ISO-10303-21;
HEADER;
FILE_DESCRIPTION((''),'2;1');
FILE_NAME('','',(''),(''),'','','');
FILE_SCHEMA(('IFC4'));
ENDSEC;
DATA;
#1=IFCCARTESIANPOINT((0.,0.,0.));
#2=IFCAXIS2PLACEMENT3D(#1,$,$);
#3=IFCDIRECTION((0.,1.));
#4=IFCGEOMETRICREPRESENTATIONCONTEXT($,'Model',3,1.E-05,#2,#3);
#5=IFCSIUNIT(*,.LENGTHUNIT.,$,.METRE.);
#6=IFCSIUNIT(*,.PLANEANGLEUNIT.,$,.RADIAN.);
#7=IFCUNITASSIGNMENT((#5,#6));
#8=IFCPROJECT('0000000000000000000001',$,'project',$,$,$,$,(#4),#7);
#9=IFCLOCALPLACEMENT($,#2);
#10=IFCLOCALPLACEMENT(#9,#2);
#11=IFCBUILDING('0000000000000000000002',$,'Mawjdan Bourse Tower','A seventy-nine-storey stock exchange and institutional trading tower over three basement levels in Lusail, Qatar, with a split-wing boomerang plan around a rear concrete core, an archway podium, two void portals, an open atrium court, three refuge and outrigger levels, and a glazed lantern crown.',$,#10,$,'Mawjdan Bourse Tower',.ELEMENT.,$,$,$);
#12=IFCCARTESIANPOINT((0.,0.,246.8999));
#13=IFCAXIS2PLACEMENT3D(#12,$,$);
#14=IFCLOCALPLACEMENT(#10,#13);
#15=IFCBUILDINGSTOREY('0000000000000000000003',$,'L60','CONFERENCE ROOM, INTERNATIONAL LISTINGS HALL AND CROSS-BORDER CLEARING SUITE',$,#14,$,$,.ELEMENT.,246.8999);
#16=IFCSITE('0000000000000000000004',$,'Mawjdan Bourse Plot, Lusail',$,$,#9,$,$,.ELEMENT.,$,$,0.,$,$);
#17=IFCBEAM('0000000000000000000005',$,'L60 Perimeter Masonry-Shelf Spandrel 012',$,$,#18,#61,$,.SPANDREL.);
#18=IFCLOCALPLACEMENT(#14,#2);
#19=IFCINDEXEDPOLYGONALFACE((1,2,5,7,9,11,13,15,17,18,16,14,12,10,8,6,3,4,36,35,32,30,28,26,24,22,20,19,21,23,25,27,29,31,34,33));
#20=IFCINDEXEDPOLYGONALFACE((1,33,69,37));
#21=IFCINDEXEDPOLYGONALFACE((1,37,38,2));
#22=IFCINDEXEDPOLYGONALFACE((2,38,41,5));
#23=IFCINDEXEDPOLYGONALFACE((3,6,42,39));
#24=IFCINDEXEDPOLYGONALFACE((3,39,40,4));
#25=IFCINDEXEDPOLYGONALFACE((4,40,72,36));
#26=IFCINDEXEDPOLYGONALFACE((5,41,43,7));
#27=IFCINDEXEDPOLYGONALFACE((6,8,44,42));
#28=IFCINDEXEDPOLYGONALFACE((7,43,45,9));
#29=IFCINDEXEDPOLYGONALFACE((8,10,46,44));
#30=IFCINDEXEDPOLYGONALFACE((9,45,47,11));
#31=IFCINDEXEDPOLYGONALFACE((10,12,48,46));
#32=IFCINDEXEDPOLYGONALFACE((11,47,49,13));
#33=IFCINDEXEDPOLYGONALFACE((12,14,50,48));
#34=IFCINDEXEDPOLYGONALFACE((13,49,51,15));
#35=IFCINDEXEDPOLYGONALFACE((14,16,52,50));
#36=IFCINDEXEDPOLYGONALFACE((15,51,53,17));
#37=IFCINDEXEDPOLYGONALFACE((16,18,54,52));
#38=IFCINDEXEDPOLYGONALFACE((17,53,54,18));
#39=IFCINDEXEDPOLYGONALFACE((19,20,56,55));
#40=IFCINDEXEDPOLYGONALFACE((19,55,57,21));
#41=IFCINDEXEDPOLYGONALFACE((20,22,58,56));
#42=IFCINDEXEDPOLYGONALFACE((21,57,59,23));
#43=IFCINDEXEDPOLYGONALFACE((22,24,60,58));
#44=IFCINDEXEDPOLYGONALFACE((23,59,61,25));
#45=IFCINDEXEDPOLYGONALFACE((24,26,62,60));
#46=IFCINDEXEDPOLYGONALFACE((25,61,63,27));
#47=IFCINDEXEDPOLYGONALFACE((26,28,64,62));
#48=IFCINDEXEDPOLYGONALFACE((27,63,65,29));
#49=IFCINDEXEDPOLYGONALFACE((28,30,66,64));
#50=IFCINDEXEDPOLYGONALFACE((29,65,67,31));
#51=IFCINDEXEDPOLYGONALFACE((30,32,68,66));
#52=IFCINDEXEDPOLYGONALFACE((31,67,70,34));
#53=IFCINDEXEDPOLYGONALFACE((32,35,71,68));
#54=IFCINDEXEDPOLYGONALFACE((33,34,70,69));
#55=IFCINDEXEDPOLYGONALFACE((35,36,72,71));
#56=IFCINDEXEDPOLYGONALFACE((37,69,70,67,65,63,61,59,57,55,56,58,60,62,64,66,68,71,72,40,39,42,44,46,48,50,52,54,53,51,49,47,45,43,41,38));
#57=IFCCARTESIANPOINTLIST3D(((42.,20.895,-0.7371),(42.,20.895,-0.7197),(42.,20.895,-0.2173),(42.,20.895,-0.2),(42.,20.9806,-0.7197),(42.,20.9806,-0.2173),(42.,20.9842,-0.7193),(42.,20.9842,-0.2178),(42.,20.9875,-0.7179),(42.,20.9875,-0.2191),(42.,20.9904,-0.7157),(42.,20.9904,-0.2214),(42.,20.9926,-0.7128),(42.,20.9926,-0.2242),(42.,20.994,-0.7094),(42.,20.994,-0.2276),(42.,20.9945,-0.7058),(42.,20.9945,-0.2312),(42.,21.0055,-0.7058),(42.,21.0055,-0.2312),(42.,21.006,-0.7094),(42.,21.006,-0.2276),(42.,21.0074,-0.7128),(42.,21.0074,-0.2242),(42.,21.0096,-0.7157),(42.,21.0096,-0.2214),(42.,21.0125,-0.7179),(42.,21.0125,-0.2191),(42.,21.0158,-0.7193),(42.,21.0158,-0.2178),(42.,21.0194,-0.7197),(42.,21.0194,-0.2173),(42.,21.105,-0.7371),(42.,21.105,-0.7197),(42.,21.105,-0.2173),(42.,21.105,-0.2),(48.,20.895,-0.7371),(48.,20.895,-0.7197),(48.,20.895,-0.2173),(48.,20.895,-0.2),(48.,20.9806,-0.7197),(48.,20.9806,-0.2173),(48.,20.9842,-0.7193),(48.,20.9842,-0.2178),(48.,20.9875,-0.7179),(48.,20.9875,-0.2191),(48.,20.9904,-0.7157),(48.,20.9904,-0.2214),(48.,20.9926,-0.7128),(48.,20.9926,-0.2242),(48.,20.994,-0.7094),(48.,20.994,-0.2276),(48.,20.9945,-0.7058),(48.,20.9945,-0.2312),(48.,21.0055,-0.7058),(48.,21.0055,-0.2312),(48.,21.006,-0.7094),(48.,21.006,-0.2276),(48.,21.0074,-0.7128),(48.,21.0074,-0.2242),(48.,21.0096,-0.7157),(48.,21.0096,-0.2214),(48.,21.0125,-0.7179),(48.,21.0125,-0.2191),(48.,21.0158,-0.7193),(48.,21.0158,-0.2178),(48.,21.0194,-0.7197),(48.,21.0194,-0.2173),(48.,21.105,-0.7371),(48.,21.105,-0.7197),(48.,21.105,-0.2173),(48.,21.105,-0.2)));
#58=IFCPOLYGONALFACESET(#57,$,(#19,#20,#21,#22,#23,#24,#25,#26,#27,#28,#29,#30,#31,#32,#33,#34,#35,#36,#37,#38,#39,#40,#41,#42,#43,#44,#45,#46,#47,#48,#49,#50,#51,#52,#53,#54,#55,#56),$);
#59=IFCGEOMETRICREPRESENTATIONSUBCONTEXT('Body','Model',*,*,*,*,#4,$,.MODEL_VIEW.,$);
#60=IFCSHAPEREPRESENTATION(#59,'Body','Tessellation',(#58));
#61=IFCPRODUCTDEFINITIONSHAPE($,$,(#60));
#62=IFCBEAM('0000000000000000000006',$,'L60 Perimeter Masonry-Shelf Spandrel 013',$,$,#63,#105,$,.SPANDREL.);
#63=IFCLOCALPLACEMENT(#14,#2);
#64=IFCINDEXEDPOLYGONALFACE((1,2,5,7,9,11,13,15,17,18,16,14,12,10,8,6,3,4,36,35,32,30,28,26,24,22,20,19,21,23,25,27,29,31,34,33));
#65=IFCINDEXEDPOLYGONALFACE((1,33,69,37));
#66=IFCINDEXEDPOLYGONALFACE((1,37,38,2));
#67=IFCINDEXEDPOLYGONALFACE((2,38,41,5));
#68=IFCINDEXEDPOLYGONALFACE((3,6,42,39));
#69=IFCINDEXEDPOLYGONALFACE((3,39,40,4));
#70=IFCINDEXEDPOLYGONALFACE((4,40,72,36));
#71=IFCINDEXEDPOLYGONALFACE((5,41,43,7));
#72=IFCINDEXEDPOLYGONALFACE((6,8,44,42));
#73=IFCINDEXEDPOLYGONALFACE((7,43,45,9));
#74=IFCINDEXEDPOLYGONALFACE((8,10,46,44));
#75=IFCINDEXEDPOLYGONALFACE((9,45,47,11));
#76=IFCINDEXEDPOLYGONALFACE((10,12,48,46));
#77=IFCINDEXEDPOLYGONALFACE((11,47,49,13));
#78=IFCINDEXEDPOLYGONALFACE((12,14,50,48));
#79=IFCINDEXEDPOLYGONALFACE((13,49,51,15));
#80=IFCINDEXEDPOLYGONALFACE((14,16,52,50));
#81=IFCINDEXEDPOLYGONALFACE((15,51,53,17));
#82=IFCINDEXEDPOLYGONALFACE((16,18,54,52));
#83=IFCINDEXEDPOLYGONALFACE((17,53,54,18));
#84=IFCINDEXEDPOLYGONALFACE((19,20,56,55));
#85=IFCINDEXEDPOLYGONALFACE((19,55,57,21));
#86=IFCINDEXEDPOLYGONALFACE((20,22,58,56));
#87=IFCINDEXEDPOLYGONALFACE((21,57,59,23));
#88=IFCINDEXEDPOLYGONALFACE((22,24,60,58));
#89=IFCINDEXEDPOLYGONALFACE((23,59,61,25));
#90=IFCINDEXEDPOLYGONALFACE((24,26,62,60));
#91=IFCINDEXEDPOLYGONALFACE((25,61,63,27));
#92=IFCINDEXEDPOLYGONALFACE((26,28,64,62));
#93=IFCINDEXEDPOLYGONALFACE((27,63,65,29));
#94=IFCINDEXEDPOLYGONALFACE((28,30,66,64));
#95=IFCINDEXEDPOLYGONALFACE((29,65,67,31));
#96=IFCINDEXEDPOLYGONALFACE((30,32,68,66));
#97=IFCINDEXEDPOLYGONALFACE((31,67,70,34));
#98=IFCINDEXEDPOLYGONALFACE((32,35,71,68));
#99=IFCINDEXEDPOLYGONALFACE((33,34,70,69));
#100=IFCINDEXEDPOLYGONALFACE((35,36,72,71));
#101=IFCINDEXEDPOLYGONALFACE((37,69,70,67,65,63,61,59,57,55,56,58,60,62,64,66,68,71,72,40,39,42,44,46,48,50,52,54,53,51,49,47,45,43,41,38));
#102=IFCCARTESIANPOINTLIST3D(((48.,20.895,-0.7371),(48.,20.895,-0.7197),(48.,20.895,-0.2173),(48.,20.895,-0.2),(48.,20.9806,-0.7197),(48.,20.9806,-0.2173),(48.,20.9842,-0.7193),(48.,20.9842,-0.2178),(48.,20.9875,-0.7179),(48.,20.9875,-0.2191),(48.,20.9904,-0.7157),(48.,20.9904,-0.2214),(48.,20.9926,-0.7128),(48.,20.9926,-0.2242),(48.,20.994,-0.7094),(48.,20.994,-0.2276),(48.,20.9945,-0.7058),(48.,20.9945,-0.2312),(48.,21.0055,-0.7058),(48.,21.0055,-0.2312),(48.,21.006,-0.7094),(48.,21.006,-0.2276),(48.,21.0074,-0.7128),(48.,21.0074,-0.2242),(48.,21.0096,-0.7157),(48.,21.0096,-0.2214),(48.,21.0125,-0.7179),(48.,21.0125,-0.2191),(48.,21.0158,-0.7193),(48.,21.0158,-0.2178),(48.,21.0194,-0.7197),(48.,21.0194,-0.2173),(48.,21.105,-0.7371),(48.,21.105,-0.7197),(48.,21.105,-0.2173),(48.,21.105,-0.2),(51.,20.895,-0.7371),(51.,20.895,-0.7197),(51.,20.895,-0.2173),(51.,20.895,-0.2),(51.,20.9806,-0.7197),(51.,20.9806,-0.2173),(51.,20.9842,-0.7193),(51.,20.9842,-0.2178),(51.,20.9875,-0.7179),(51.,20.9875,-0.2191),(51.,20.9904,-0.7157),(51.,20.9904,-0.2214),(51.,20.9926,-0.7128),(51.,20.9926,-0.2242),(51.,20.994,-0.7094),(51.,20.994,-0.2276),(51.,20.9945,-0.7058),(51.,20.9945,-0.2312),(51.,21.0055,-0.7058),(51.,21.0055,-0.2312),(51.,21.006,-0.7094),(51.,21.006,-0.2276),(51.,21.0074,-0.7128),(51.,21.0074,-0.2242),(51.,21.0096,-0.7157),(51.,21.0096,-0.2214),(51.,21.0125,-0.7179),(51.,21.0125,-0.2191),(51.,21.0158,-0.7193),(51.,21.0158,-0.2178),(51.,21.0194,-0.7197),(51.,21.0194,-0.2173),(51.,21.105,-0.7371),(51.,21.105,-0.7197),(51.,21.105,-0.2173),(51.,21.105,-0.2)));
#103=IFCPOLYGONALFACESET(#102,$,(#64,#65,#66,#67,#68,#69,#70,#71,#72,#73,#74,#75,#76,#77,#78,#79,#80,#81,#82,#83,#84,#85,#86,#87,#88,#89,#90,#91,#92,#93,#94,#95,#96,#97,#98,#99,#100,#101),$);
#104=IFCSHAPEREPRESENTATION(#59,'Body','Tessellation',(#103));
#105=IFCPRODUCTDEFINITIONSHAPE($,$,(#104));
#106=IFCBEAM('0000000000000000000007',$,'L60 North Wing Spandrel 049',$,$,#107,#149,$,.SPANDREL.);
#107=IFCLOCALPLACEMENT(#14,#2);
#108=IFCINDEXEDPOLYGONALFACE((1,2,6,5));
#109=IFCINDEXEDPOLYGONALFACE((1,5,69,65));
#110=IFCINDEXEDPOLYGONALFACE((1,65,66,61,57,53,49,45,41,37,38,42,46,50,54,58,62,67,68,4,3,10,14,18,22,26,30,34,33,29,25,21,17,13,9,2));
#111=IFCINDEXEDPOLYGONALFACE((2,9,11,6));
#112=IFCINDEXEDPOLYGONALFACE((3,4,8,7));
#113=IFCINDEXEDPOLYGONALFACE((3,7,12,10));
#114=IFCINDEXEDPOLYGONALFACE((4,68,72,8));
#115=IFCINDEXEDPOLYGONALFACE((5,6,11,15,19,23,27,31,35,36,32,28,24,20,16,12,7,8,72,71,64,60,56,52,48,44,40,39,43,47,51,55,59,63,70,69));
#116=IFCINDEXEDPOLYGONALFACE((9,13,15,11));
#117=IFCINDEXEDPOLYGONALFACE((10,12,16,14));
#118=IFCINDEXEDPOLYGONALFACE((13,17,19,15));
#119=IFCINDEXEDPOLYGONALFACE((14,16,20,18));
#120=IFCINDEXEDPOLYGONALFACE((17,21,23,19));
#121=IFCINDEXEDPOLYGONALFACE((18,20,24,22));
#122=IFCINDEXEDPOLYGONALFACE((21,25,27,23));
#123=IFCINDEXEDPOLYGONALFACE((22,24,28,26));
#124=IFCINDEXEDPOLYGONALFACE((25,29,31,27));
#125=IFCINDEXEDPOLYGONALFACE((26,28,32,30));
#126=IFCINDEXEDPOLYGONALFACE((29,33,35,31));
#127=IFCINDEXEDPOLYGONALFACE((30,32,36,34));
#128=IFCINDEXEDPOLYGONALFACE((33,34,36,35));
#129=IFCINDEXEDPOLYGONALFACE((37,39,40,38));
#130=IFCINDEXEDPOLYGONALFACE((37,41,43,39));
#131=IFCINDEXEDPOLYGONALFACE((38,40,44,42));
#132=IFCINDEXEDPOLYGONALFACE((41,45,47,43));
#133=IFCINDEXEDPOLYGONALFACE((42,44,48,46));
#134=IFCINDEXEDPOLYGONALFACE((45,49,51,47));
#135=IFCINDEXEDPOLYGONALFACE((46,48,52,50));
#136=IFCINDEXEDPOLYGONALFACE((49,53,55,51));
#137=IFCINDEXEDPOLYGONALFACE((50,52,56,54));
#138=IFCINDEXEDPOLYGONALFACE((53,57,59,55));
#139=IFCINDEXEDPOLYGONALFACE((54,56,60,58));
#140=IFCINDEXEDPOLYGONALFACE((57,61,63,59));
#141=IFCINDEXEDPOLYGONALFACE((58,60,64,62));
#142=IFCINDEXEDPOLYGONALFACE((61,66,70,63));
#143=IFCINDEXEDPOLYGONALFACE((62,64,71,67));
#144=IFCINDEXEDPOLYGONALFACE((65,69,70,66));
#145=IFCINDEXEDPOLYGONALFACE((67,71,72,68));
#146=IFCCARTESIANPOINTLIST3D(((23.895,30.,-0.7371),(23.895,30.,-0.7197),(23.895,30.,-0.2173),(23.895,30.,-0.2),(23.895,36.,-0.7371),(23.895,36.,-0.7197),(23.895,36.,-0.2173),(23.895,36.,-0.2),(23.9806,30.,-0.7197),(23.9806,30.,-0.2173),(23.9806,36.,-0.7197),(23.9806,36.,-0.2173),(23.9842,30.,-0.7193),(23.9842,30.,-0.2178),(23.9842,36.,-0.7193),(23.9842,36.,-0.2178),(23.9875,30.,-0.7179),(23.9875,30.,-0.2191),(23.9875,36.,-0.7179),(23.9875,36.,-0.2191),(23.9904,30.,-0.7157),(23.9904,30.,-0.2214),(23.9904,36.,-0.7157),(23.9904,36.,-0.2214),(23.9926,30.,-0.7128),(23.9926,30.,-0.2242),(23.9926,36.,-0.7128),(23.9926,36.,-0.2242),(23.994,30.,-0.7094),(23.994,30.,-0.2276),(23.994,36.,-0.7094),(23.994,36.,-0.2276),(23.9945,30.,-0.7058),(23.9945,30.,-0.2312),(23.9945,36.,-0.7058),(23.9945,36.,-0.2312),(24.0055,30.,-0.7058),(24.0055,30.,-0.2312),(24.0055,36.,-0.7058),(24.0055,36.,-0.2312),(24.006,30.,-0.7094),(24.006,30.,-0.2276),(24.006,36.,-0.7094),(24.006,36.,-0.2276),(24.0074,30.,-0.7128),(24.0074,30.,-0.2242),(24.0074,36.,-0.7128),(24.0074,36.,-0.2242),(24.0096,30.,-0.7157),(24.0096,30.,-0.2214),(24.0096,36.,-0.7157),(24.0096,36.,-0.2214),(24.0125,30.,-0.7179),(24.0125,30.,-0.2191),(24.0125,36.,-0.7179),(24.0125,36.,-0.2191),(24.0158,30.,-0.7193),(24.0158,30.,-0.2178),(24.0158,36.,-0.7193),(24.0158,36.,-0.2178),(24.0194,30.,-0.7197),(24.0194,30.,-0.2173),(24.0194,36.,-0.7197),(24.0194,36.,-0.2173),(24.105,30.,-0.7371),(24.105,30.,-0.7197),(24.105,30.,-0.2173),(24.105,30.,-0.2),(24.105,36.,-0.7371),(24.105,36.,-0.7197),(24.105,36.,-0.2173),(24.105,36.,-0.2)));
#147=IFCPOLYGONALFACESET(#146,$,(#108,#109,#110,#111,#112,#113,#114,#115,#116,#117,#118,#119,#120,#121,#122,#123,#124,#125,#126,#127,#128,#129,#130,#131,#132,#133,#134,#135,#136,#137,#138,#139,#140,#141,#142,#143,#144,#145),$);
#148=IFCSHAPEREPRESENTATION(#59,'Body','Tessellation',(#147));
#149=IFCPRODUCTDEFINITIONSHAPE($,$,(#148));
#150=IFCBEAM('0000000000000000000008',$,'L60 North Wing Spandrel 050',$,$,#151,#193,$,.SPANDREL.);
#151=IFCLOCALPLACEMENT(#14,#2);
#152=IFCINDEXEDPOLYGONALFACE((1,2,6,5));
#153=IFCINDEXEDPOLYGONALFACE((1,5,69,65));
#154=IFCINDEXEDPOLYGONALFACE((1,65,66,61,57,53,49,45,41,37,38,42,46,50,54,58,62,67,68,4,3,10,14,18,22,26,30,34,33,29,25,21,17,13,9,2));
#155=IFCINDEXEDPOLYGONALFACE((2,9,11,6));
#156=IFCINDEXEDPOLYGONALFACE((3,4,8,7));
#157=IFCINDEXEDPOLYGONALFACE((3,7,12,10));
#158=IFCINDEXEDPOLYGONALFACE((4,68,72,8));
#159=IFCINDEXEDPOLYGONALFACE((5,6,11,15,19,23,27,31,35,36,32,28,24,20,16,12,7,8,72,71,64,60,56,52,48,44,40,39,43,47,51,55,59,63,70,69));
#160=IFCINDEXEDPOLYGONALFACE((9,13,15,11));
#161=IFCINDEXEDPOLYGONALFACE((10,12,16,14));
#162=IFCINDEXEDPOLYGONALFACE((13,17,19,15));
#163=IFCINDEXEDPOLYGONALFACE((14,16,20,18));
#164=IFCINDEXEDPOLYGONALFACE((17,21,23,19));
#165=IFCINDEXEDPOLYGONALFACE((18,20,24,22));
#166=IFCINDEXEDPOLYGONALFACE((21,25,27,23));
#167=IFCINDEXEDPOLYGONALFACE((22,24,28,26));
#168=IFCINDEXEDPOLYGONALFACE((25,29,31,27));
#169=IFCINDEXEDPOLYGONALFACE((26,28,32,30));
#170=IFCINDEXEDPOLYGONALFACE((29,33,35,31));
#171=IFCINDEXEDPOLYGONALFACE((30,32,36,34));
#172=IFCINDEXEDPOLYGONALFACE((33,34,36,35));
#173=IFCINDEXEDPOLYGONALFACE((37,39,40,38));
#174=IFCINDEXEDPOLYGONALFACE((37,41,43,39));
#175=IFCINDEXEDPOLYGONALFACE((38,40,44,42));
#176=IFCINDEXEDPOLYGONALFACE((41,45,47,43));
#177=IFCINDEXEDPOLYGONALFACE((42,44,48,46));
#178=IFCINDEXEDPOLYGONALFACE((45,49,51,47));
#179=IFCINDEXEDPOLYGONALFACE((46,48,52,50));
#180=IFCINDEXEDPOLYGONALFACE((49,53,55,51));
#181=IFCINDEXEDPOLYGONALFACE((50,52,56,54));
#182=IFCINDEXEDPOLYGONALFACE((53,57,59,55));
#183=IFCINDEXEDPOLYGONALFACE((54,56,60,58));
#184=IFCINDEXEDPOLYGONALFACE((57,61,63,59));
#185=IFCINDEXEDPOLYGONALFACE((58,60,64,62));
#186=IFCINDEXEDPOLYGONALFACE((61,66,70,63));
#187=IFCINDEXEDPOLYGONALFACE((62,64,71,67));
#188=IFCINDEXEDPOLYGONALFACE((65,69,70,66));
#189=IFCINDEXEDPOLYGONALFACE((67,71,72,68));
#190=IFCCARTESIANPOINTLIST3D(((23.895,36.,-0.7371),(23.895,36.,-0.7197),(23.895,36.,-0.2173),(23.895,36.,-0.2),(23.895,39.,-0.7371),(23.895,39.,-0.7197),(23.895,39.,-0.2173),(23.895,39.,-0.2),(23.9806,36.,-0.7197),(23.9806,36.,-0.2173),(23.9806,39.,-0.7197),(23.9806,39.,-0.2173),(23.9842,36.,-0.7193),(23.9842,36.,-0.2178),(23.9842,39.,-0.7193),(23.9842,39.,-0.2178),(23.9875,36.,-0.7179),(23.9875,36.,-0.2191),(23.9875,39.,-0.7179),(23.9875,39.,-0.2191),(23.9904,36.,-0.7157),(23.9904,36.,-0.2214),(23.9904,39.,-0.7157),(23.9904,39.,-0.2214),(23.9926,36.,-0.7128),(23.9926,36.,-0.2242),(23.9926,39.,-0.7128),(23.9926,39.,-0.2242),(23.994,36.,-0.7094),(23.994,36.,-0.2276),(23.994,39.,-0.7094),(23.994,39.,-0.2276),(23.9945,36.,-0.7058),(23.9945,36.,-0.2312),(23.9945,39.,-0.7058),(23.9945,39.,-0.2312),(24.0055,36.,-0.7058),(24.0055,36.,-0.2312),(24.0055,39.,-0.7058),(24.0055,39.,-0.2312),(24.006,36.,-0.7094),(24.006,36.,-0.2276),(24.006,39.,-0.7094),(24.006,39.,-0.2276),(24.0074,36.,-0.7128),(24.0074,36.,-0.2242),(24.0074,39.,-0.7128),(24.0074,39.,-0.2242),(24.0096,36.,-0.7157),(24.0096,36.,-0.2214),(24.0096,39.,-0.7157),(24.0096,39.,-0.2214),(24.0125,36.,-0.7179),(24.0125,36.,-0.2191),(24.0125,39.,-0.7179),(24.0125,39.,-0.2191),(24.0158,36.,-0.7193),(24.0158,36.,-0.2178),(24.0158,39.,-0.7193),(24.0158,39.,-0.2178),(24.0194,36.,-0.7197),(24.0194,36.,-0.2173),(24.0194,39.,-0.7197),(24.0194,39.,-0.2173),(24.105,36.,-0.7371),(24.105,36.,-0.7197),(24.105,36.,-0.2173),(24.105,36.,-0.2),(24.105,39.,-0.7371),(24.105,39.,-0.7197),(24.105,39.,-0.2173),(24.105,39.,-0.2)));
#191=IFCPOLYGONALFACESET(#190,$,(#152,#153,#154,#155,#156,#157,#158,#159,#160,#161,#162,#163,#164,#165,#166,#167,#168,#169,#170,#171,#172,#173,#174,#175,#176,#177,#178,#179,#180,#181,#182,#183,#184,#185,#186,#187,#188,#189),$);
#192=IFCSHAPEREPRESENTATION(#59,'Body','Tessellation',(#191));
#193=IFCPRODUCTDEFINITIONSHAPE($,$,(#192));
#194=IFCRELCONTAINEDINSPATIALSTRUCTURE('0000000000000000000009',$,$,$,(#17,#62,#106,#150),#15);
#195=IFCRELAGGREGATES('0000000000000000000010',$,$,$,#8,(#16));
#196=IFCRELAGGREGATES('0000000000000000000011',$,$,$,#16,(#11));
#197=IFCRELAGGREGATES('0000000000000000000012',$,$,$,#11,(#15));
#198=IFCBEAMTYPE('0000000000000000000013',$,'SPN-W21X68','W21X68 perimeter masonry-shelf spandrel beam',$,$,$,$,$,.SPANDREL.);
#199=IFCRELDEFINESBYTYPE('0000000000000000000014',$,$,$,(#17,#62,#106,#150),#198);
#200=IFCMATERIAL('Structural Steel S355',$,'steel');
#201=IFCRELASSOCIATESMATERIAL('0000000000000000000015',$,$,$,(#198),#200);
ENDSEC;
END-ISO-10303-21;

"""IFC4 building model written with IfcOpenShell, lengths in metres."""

from ifc_helpers import new_model, si_unit, direction, frame, origin, origin_2d, place, context, subcontext, project, spatial, i_section, extrude, material, material_profile, profile_set, type_object, element, save


model = new_model("IFC4")

# Units and contexts
model_context = context("Model", 3, precision=1e-05, world=origin(), true_north=direction((0.0, 1.0)))
body_context = subcontext(model_context, "Body", "Model", "MODEL_VIEW")
ifc_project = project(units=[si_unit("LENGTHUNIT", "METRE"), si_unit("PLANEANGLEUNIT", "RADIAN")], contexts=[model_context])

# Site, building, storey
site_placement = place(None, origin())
site = spatial("IfcSite", under=ifc_project, at=site_placement, Name="Mawjdan Bourse Plot, Lusail", CompositionType="ELEMENT", RefElevation=0.0)
building_placement = place(site_placement, origin())
building = spatial("IfcBuilding", under=site, at=building_placement, Name="Mawjdan Bourse Tower", Description="A seventy-nine-storey stock exchange and institutional trading tower over three basement levels in Lusail, Qatar, with a split-wing boomerang plan around a rear concrete core, an archway podium, two void portals, an open atrium court, three refuge and outrigger levels, and a glazed lantern crown.", LongName="Mawjdan Bourse Tower", CompositionType="ELEMENT")
storey_placement = place(building_placement, frame((0.0, 0.0, 246.8999)))
storey = spatial("IfcBuildingStorey", under=building, at=storey_placement, Name="L60", Description="CONFERENCE ROOM, INTERNATIONAL LISTINGS HALL AND CROSS-BORDER CLEARING SUITE", CompositionType="ELEMENT", Elevation=246.8999)

# Beams
ifc_material_1 = material(Name="Structural Steel S355", Category="steel")
ifc_material_profile_1 = material_profile(ifc_material_1, i_section(OverallWidth=0.21, OverallDepth=0.5371, WebThickness=0.011, FlangeThickness=0.0173, FilletRadius=0.0139, at=origin_2d()), Name="W21X68")
ifc_profile_set_1 = profile_set([ifc_material_profile_1], Name="Structural Steel S355")
beam_type_1 = type_object("IfcBeamType", Name="SPN-W21X68", Description="W21X68 perimeter masonry-shelf spandrel beam", PredefinedType="SPANDREL", material=ifc_profile_set_1)
beam_1_placement = place(storey_placement, frame((42.0, 21.0, -0.4685), z_axis=(1.0, 0.0, 0.0), x_axis=(0.0, 1.0, 0.0)))
element("IfcBeam", 1, at=beam_1_placement, inside=storey, type_object=beam_type_1, Name="L60 Perimeter Masonry-Shelf Spandrel 012", PredefinedType="SPANDREL", context=body_context, shape_type="SweptSolid", body=[
    extrude(i_section(OverallWidth=0.21, OverallDepth=0.5371, WebThickness=0.011, FlangeThickness=0.0173, FilletRadius=0.0139, at=origin_2d()), origin(), (0.0, 0.0, 1.0), 6.0),
])
beam_2_placement = place(storey_placement, frame((48.0, 21.0, -0.4685), z_axis=(1.0, 0.0, 0.0), x_axis=(0.0, 1.0, 0.0)))
element("IfcBeam", 2, at=beam_2_placement, inside=storey, type_object=beam_type_1, Name="L60 Perimeter Masonry-Shelf Spandrel 013", PredefinedType="SPANDREL", context=body_context, shape_type="SweptSolid", body=[
    extrude(i_section(OverallWidth=0.21, OverallDepth=0.5371, WebThickness=0.011, FlangeThickness=0.0173, FilletRadius=0.0139, at=origin_2d()), origin(), (0.0, 0.0, 1.0), 3.0),
])
beam_3_placement = place(storey_placement, frame((24.0, 30.0, -0.4685), z_axis=(0.0, 1.0, 0.0), x_axis=(-1.0, 0.0, 0.0)))
element("IfcBeam", 3, at=beam_3_placement, inside=storey, type_object=beam_type_1, Name="L60 North Wing Spandrel 049", PredefinedType="SPANDREL", context=body_context, shape_type="SweptSolid", body=[
    extrude(i_section(OverallWidth=0.21, OverallDepth=0.5371, WebThickness=0.011, FlangeThickness=0.0173, FilletRadius=0.0139, at=origin_2d()), origin(), (0.0, 0.0, 1.0), 6.0),
])
beam_4_placement = place(storey_placement, frame((24.0, 36.0, -0.4685), z_axis=(0.0, 1.0, 0.0), x_axis=(-1.0, 0.0, 0.0)))
element("IfcBeam", 4, at=beam_4_placement, inside=storey, type_object=beam_type_1, Name="L60 North Wing Spandrel 050", PredefinedType="SPANDREL", context=body_context, shape_type="SweptSolid", body=[
    extrude(i_section(OverallWidth=0.21, OverallDepth=0.5371, WebThickness=0.011, FlangeThickness=0.0173, FilletRadius=0.0139, at=origin_2d()), origin(), (0.0, 0.0, 1.0), 3.0),
])

save(model, "model.ifc")
